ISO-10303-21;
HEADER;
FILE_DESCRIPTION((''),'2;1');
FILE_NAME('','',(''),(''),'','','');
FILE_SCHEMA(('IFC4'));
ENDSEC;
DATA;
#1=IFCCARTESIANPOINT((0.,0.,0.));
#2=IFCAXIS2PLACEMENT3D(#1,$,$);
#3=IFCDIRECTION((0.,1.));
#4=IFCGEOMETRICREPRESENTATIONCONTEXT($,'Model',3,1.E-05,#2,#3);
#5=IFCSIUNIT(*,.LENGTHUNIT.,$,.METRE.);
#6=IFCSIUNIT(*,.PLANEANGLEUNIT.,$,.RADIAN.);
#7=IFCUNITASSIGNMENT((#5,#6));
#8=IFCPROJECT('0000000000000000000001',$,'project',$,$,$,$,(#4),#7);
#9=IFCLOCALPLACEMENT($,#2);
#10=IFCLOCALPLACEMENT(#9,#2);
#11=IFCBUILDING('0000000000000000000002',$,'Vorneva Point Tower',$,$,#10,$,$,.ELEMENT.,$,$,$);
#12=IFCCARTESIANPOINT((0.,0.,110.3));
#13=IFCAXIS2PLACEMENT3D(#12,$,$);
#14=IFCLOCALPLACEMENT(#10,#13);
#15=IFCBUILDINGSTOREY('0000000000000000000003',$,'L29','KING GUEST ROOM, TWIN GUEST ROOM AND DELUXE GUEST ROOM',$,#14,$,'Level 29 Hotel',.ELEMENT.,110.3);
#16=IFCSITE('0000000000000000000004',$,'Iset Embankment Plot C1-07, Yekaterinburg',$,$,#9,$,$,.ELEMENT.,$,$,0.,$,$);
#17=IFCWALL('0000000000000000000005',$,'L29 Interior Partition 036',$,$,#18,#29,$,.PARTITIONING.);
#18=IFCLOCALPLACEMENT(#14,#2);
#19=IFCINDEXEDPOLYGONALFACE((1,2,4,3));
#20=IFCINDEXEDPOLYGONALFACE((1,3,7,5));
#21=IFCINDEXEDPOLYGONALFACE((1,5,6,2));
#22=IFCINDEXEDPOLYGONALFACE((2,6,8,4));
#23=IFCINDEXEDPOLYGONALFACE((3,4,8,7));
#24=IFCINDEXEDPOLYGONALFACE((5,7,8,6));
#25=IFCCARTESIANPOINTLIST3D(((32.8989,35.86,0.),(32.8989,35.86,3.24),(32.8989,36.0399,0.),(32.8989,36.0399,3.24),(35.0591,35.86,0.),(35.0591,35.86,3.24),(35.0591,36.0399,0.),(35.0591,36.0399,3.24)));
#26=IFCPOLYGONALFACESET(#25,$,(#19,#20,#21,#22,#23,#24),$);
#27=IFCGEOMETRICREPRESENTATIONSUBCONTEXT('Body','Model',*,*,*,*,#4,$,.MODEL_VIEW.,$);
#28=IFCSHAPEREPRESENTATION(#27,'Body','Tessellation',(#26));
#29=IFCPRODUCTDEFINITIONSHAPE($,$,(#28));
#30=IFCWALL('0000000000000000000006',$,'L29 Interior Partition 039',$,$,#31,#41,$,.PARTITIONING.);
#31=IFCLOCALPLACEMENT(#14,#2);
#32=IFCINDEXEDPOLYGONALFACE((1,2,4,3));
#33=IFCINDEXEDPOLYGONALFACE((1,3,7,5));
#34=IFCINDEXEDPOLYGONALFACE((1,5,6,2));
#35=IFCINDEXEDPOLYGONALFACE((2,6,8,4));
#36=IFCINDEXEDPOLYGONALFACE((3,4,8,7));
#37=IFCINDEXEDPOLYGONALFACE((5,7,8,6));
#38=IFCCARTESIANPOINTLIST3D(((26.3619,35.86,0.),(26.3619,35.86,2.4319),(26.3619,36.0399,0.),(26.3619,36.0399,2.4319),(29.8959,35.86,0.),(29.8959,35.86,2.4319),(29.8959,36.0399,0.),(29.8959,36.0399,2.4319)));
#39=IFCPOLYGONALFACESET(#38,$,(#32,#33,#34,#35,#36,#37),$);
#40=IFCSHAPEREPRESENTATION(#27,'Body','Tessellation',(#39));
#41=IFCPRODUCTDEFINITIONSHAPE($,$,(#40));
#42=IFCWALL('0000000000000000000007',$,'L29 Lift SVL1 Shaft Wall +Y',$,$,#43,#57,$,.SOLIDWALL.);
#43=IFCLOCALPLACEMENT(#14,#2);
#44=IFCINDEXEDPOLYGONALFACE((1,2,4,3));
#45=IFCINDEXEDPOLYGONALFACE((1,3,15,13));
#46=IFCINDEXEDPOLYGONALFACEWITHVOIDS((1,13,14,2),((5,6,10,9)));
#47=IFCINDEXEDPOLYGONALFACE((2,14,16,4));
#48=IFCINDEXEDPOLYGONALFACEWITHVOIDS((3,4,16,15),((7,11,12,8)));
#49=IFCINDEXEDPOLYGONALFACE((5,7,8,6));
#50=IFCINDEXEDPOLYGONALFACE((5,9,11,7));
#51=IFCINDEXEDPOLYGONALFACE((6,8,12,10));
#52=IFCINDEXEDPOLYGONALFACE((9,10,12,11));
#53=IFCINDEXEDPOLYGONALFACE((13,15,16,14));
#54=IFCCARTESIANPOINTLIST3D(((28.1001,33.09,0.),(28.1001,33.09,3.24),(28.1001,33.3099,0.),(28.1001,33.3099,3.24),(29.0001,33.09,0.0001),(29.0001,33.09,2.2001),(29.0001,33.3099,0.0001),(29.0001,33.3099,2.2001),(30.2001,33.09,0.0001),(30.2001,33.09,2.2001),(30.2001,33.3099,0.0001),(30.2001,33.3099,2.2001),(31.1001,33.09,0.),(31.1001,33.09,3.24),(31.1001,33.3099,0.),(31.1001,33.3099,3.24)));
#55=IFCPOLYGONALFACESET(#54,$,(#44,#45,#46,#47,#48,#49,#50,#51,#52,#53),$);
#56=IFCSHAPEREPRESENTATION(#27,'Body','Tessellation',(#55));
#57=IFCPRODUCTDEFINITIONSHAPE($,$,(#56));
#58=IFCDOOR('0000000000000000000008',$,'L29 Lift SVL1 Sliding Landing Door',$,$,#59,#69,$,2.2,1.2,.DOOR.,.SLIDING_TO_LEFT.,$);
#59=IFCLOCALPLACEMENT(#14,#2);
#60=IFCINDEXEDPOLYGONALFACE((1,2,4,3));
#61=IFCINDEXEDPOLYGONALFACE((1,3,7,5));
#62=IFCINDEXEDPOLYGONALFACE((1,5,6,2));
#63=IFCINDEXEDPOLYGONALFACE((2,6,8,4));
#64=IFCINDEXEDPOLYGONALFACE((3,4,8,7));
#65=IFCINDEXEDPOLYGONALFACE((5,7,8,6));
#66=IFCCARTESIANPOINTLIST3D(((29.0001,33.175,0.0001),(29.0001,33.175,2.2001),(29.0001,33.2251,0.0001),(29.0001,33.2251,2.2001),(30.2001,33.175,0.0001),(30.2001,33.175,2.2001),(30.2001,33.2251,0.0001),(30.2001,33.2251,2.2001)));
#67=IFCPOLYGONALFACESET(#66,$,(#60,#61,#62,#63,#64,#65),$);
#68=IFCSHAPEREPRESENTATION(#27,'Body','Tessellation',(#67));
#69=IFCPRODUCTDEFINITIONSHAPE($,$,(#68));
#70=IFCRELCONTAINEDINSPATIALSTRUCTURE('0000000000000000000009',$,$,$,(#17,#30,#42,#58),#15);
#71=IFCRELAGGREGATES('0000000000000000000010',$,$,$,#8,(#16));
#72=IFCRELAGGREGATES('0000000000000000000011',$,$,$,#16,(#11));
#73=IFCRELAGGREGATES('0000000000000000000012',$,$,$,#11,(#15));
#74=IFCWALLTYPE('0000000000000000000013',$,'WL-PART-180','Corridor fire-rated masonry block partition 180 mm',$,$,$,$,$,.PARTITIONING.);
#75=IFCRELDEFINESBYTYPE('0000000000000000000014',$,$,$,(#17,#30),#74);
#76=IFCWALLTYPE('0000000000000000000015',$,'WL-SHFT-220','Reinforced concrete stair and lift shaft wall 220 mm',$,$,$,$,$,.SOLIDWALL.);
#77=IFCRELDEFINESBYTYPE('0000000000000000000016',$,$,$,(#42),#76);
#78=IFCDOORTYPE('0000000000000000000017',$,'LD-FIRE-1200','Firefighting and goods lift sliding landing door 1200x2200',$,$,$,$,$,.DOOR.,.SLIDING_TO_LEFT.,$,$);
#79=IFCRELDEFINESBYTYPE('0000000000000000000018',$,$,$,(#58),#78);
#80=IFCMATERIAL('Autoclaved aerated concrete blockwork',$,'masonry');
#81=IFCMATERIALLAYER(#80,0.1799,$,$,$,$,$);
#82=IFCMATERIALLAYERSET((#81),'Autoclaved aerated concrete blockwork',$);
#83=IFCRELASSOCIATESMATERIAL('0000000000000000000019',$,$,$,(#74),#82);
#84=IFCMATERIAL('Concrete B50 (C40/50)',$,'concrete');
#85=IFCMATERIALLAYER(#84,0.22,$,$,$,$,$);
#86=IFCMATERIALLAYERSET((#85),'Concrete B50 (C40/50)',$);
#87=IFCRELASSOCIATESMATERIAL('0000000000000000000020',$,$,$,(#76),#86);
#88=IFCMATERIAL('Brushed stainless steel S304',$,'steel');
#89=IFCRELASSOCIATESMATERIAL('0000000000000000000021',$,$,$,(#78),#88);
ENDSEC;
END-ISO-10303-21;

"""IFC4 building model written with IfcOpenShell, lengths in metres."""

from ifc_helpers import new_model, si_unit, direction, frame, frame_2d, origin, place, context, subcontext, project, spatial, rectangle, extrude, material, layer, layer_set, type_object, element, fill, save


model = new_model("IFC4")

# Units and contexts
model_context = context("Model", 3, precision=1e-05, world=origin(), true_north=direction((0.0, 1.0)))
body_context = subcontext(model_context, "Body", "Model", "MODEL_VIEW")
ifc_project = project(units=[si_unit("LENGTHUNIT", "METRE"), si_unit("PLANEANGLEUNIT", "RADIAN")], contexts=[model_context])

# Site, building, storey
site_placement = place(None, origin())
site = spatial("IfcSite", under=ifc_project, at=site_placement, Name="Iset Embankment Plot C1-07, Yekaterinburg", CompositionType="ELEMENT", RefElevation=0.0)
building_placement = place(site_placement, origin())
building = spatial("IfcBuilding", under=site, at=building_placement, Name="Vorneva Point Tower", CompositionType="ELEMENT")
storey_placement = place(building_placement, frame((0.0, 0.0, 110.3)))
storey = spatial("IfcBuildingStorey", under=building, at=storey_placement, Name="L29", Description="KING GUEST ROOM, TWIN GUEST ROOM AND DELUXE GUEST ROOM", LongName="Level 29 Hotel", CompositionType="ELEMENT", Elevation=110.3)

# Shared definitions
ifc_material_1 = material(Name="Autoclaved aerated concrete blockwork", Category="masonry")
ifc_layer_1 = layer(ifc_material_1, 0.1799)
ifc_layer_set_1 = layer_set([ifc_layer_1], Name="Autoclaved aerated concrete blockwork")
wall_type_1 = type_object("IfcWallType", Name="WL-PART-180", Description="Corridor fire-rated masonry block partition 180 mm", PredefinedType="PARTITIONING", material=ifc_layer_set_1)

# Walls
wall_1_placement = place(storey_placement, frame((35.0591, 35.95, 0.0), z_axis=(0.0, 0.0, 1.0), x_axis=(-1.0, 0.0, 0.0)))
element("IfcWall", 1, at=wall_1_placement, inside=storey, type_object=wall_type_1, Name="L29 Interior Partition 036", PredefinedType="PARTITIONING", context=body_context, shape_type="SweptSolid", body=[
    extrude(rectangle(XDim=2.1602, YDim=0.1799, at=frame_2d((1.0801, 0.0))), origin(), (0.0, 0.0, 1.0), 3.24),
])
wall_2_placement = place(storey_placement, frame((29.896, 35.95, 0.0), z_axis=(0.0, 0.0, 1.0), x_axis=(-1.0, 0.0, 0.0)))
element("IfcWall", 2, at=wall_2_placement, inside=storey, type_object=wall_type_1, Name="L29 Interior Partition 039", PredefinedType="PARTITIONING", context=body_context, shape_type="SweptSolid", body=[
    extrude(rectangle(XDim=3.5339, YDim=0.1799, at=frame_2d((1.7671, 0.0))), origin(), (0.0, 0.0, 1.0), 2.4319),
])

# Wall, opening, door
ifc_material_2 = material(Name="Concrete B50 (C40/50)", Category="concrete")
ifc_layer_2 = layer(ifc_material_2, 0.22)
ifc_layer_set_2 = layer_set([ifc_layer_2], Name="Concrete B50 (C40/50)")
wall_type_2 = type_object("IfcWallType", Name="WL-SHFT-220", Description="Reinforced concrete stair and lift shaft wall 220 mm", PredefinedType="SOLIDWALL", material=ifc_layer_set_2)
wall_3_placement = place(storey_placement, frame((31.1001, 33.2, 0.0), z_axis=(0.0, 0.0, 1.0), x_axis=(-1.0, 0.0, 0.0)))
wall_3 = element("IfcWall", 3, at=wall_3_placement, inside=storey, type_object=wall_type_2, Name="L29 Lift SVL1 Shaft Wall +Y", PredefinedType="SOLIDWALL", context=body_context, shape_type="SweptSolid", body=[
    extrude(rectangle(XDim=3.0, YDim=0.22, at=frame_2d((1.5, 0.0))), origin(), (0.0, 0.0, 1.0), 3.24),
])
opening_1_placement = place(wall_3_placement, frame((0.8999, 0.0, 0.0)))
opening_1 = element("IfcOpeningElement", 4, at=opening_1_placement, cuts=wall_3, PredefinedType="OPENING", context=body_context, shape_type="SweptSolid", body=[
    extrude(rectangle(XDim=1.2, YDim=2.2, at=frame_2d((0.6001, 1.1001))), frame((0.0, 0.125, 0.0), z_axis=(0.0, -1.0, 0.0), x_axis=(1.0, 0.0, 0.0)), (0.0, 0.0, 1.0), 0.2498),
])
ifc_material_3 = material(Name="Brushed stainless steel S304", Category="steel")
door_type_1 = type_object("IfcDoorType", Name="LD-FIRE-1200", Description="Firefighting and goods lift sliding landing door 1200x2200", OperationType="SLIDING_TO_LEFT", PredefinedType="DOOR", material=ifc_material_3)
door_1_placement = place(opening_1_placement, origin())
door_1 = element("IfcDoor", 5, at=door_1_placement, inside=storey, type_object=door_type_1, Name="L29 Lift SVL1 Sliding Landing Door", OperationType="SLIDING_TO_LEFT", OverallHeight=2.2, OverallWidth=1.2, PredefinedType="DOOR", context=body_context, shape_type="SweptSolid", body=[
    extrude(rectangle(XDim=1.2, YDim=2.2, at=frame_2d((0.6001, 1.1001))), frame((0.0, 0.0249, 0.0), z_axis=(0.0, -1.0, 0.0), x_axis=(1.0, 0.0, 0.0)), (0.0, 0.0, 1.0), 0.05),
])
fill(opening_1, door_1)

save(model, "model.ifc")
